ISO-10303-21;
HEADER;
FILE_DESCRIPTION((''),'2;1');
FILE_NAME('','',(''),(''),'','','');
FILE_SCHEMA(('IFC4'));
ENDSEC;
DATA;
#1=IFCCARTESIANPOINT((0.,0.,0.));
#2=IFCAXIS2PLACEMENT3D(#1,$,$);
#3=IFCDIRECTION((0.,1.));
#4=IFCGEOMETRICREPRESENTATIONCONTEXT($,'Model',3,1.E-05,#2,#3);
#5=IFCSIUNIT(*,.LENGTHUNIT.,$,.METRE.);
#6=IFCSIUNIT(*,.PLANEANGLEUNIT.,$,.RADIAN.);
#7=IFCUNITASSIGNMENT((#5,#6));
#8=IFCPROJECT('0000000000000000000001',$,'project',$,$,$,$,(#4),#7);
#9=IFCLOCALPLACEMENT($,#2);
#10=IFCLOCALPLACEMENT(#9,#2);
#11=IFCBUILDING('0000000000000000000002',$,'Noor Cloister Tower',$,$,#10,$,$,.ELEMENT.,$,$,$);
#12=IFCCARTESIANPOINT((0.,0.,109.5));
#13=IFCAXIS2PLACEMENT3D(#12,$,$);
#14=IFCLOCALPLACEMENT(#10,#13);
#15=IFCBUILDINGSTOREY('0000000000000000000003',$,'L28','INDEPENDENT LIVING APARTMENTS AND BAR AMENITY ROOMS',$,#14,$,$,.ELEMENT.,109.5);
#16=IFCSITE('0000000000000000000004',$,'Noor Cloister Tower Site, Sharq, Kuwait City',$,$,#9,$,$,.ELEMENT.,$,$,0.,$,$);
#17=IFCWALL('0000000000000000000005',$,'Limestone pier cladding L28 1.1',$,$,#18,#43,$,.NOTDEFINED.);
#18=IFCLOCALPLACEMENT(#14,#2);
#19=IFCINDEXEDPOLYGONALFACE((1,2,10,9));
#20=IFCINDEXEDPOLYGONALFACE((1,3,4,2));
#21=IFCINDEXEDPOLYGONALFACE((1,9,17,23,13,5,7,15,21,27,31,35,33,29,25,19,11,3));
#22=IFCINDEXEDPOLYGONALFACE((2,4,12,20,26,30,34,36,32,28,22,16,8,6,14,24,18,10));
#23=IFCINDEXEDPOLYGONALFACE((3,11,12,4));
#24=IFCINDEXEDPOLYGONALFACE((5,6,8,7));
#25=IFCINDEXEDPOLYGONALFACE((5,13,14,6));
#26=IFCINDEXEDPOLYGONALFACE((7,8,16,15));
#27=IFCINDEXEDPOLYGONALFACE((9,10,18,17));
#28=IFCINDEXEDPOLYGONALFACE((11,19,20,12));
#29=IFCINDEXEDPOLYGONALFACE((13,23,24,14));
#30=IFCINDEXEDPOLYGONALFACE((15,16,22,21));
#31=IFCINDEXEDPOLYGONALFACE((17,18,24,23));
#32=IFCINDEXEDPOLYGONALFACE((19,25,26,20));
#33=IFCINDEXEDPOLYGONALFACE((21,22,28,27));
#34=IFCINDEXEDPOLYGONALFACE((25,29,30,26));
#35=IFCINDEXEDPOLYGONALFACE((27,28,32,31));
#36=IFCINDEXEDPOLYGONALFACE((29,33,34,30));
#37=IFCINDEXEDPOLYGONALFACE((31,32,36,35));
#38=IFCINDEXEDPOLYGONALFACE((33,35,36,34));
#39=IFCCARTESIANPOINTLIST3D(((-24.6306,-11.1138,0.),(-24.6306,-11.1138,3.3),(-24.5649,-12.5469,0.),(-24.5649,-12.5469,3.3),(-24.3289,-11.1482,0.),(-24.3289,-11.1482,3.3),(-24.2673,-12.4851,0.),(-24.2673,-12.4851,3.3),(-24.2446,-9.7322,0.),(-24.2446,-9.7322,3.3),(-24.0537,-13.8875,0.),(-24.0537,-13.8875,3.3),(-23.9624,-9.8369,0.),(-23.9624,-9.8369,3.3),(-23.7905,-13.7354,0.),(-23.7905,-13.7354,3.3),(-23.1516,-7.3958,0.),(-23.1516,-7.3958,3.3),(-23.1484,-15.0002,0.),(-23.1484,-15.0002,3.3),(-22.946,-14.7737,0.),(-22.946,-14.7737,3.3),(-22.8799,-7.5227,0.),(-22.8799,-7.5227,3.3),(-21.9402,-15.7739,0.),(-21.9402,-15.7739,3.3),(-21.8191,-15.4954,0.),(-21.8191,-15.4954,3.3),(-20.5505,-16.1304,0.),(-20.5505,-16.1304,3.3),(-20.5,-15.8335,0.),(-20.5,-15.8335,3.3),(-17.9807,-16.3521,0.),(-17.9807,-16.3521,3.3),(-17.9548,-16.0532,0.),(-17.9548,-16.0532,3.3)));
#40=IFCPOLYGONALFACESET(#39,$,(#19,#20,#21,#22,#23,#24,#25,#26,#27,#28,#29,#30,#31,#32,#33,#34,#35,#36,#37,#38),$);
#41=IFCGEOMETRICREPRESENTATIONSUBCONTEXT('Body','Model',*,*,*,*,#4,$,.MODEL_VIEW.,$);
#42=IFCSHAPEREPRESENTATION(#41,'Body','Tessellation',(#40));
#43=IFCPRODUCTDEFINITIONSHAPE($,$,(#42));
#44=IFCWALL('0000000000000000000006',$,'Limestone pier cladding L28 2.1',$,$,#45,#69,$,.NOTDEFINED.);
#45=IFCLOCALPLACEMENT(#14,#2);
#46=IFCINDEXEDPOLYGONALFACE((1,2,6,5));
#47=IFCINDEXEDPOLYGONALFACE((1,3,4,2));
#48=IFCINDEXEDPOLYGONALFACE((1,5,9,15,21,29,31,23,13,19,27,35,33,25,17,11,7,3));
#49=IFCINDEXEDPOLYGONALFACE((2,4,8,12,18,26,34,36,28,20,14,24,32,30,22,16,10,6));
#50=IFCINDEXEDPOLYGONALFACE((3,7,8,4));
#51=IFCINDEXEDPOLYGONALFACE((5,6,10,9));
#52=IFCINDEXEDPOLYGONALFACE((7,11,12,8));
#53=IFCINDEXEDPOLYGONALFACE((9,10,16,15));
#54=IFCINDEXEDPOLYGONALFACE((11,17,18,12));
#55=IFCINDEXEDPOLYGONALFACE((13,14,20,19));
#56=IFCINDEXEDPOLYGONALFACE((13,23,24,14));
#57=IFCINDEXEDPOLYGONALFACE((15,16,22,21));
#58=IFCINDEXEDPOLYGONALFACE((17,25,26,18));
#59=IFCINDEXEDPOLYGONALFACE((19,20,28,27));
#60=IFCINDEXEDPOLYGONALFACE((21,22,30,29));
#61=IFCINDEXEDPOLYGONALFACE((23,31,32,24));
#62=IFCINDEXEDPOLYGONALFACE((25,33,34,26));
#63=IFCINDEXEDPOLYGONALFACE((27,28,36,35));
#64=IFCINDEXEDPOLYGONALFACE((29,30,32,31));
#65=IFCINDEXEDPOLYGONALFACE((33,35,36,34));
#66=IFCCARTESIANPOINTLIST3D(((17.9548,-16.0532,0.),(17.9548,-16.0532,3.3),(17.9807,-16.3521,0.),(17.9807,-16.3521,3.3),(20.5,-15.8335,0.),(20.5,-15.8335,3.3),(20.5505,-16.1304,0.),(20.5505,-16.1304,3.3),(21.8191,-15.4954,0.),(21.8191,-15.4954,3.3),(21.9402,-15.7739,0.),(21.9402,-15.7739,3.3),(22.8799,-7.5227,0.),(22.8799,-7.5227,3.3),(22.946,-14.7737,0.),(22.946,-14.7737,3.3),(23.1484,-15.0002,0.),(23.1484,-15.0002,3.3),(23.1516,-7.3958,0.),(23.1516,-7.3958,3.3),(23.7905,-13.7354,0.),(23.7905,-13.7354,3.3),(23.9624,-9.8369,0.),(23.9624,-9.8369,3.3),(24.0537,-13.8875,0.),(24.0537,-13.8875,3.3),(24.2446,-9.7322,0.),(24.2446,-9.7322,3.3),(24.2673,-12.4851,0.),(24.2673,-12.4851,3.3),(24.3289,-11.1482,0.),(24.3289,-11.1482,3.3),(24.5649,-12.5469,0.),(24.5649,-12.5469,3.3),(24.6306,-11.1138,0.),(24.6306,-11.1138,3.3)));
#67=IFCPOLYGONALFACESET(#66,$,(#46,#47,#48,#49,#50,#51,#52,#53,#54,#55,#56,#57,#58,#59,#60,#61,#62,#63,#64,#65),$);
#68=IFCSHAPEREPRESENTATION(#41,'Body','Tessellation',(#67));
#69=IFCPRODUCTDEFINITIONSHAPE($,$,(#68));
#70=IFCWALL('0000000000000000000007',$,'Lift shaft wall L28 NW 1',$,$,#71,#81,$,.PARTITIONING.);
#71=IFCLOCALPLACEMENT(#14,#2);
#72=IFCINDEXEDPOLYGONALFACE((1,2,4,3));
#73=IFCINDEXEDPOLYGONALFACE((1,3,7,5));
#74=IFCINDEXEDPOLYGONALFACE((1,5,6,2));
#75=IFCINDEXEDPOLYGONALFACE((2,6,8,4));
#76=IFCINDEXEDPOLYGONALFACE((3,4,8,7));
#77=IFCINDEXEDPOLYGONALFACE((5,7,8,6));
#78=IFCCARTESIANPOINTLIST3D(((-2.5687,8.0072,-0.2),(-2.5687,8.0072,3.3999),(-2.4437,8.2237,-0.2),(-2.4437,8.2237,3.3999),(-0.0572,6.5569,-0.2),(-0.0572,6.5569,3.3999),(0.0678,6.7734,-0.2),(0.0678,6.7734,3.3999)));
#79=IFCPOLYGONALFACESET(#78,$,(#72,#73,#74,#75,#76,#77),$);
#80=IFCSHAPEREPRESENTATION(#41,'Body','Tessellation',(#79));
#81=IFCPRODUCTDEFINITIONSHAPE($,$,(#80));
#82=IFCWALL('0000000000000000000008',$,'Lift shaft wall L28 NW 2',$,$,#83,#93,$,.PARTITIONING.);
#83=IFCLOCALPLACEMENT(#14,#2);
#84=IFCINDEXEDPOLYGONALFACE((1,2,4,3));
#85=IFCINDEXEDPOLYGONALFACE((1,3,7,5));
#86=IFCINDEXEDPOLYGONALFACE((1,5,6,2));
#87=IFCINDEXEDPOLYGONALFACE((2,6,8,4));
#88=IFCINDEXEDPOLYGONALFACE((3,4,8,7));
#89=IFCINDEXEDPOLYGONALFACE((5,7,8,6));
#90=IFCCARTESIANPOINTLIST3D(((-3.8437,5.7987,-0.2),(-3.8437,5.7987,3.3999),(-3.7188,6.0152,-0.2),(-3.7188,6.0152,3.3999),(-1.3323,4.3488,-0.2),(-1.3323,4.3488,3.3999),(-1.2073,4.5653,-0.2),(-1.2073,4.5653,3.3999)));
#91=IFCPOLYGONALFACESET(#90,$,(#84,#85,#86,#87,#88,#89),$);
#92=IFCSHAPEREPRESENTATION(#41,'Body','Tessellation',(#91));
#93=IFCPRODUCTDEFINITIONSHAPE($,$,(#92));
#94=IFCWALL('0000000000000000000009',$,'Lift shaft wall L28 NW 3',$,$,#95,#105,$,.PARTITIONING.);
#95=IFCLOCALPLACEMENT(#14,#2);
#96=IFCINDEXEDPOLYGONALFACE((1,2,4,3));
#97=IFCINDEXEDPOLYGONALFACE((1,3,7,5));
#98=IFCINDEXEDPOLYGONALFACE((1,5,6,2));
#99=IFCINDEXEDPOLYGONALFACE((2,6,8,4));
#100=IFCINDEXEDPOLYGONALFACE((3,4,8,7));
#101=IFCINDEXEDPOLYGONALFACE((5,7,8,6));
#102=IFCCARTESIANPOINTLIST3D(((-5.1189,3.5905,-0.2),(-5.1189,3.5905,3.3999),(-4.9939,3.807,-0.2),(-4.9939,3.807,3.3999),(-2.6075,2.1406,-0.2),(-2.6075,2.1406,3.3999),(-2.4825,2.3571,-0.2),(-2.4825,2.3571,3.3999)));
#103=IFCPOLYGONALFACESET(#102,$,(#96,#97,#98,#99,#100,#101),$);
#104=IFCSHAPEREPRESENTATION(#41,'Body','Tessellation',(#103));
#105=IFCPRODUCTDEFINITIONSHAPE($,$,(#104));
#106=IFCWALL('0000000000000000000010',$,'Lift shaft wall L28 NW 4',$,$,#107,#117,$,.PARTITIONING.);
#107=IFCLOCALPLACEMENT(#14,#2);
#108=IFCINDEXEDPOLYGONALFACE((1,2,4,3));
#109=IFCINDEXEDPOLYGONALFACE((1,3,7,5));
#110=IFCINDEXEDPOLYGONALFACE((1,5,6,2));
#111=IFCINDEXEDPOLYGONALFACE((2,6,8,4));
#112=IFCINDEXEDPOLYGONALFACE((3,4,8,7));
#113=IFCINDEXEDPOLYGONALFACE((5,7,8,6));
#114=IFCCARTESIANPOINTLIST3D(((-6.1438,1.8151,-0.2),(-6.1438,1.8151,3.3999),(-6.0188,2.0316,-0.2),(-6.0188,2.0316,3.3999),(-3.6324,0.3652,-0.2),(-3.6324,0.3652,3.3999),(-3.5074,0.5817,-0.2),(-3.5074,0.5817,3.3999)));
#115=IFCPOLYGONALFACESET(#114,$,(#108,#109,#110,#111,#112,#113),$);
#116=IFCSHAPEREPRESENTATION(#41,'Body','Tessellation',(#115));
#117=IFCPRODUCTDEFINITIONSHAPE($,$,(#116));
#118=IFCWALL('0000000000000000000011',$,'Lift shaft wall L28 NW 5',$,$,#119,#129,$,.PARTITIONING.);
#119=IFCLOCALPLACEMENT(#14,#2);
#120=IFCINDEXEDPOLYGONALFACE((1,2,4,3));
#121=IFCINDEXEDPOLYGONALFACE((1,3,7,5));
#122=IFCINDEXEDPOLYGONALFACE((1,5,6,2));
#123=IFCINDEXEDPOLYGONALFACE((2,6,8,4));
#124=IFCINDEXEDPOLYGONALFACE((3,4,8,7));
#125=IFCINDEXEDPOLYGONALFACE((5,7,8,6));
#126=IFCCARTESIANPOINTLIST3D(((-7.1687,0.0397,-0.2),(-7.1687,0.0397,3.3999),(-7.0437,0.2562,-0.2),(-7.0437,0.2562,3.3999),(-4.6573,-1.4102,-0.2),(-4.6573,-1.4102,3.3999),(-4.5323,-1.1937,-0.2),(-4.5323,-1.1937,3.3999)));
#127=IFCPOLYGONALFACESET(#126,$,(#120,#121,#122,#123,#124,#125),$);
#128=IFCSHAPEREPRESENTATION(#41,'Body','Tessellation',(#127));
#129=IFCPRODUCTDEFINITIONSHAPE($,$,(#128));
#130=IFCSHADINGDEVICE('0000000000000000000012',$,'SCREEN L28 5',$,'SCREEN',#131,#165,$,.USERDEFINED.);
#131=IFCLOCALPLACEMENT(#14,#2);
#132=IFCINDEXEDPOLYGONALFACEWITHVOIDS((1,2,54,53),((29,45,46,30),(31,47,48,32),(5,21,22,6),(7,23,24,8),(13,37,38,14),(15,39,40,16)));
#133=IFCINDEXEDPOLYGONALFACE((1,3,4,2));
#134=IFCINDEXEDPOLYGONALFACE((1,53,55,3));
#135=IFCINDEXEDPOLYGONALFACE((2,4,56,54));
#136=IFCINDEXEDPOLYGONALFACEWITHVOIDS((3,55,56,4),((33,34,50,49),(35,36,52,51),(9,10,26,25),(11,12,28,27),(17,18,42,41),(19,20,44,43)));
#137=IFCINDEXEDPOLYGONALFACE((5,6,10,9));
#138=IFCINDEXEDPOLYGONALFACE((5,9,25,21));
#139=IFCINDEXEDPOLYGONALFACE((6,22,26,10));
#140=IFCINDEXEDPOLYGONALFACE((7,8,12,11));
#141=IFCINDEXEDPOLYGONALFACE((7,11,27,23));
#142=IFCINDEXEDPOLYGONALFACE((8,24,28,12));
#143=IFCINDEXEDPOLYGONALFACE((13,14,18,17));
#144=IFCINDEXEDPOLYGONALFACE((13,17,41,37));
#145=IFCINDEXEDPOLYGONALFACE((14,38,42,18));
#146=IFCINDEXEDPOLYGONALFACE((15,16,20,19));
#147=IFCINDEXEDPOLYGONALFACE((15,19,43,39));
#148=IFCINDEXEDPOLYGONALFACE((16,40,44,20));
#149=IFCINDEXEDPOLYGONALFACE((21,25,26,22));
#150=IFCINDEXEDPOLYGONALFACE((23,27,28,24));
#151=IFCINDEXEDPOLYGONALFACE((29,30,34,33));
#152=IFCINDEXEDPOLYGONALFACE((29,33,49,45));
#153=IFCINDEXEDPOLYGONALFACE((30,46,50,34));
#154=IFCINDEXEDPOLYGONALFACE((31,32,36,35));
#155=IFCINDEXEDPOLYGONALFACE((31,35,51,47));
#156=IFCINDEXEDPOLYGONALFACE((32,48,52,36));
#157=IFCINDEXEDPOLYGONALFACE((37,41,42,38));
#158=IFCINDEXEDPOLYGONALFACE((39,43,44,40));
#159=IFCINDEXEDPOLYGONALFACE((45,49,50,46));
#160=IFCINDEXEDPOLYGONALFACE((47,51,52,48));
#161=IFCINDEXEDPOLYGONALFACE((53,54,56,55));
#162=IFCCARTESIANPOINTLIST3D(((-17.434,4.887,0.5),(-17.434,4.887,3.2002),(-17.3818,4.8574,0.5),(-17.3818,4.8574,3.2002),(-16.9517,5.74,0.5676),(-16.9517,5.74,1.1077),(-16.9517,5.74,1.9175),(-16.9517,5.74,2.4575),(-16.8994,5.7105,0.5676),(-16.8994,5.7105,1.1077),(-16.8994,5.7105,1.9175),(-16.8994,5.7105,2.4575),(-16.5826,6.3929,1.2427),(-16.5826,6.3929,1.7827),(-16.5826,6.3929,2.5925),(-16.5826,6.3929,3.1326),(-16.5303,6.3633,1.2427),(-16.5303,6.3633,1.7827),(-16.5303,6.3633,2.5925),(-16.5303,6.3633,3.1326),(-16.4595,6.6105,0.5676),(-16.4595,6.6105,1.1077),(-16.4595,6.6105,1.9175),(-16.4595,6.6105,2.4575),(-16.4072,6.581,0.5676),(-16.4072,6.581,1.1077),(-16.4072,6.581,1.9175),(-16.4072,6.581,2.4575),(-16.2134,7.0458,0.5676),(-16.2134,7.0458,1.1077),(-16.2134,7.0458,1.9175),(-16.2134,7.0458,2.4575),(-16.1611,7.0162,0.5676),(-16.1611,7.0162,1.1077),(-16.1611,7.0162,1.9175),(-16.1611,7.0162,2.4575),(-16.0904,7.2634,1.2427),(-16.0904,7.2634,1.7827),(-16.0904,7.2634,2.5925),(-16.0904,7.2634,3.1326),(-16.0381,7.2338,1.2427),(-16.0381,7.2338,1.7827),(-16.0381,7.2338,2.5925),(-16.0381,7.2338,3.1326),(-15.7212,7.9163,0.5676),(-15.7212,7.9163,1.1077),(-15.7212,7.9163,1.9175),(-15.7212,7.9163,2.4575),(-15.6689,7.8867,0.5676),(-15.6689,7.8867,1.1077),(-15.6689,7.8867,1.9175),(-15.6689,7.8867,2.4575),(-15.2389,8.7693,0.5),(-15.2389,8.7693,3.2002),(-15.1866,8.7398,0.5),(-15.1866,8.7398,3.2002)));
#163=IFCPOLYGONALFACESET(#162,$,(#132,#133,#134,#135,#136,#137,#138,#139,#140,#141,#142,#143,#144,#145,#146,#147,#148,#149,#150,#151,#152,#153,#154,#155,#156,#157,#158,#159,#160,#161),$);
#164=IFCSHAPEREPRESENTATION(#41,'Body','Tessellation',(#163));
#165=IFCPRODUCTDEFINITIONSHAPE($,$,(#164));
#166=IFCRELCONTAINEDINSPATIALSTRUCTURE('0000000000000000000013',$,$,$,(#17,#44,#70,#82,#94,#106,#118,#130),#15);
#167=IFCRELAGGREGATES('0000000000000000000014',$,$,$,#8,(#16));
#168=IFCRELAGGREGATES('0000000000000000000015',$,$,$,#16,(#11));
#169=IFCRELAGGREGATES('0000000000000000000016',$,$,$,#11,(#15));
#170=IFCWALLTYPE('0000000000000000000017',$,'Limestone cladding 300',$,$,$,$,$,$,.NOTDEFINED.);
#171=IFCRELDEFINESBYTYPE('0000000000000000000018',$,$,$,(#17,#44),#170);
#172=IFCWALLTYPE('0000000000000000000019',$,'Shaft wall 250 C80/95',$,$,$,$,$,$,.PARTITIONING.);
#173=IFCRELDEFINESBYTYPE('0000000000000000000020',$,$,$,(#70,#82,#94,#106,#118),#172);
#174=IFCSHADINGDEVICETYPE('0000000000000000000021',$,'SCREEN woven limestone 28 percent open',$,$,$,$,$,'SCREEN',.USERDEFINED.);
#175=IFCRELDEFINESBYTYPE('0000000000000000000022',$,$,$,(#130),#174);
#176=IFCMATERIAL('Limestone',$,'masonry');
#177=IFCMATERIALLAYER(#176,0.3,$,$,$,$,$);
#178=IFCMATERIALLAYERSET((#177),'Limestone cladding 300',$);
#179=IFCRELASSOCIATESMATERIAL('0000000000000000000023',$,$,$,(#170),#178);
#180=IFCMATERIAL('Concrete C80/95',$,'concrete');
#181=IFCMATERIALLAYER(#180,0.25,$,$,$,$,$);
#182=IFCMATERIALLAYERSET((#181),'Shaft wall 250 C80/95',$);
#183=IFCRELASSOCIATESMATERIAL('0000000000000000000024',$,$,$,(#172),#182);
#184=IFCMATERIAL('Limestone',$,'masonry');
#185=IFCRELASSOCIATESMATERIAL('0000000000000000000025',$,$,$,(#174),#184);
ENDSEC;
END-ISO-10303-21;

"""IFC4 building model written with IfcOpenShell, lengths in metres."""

from ifc_helpers import new_model, si_unit, direction, frame, frame_2d, origin, place, context, subcontext, project, spatial, polyline, rectangle, outline, extrude, material, layer, layer_set, material_profile, profile_set, type_object, element, save


model = new_model("IFC4")

# Units and contexts
model_context = context("Model", 3, precision=1e-05, world=origin(), true_north=direction((0.0, 1.0)))
body_context = subcontext(model_context, "Body", "Model", "MODEL_VIEW")
ifc_project = project(units=[si_unit("LENGTHUNIT", "METRE"), si_unit("PLANEANGLEUNIT", "RADIAN")], contexts=[model_context])

# Site, building, storey
site_placement = place(None, origin())
site = spatial("IfcSite", under=ifc_project, at=site_placement, Name="Noor Cloister Tower Site, Sharq, Kuwait City", CompositionType="ELEMENT", RefElevation=0.0)
building_placement = place(site_placement, origin())
building = spatial("IfcBuilding", under=site, at=building_placement, Name="Noor Cloister Tower", CompositionType="ELEMENT")
storey_placement = place(building_placement, frame((0.0, 0.0, 109.5)))
storey = spatial("IfcBuildingStorey", under=building, at=storey_placement, Name="L28", Description="INDEPENDENT LIVING APARTMENTS AND BAR AMENITY ROOMS", CompositionType="ELEMENT", Elevation=109.5)

# Walls
ifc_material_1 = material(Name="Limestone", Category="masonry")
ifc_layer_1 = layer(ifc_material_1, 0.3)
ifc_layer_set_1 = layer_set([ifc_layer_1], Name="Limestone cladding 300")
wall_type_1 = type_object("IfcWallType", Name="Limestone cladding 300", PredefinedType="NOTDEFINED", material=ifc_layer_set_1)
wall_1_placement = place(storey_placement, origin())
element("IfcWall", 1, at=wall_1_placement, inside=storey, type_object=wall_type_1, Name="Limestone pier cladding L28 1.1", PredefinedType="NOTDEFINED", context=body_context, shape_type="SweptSolid", body=[
    extrude(outline(polyline([(-23.1516, -7.3958), (-24.2446, -9.7322), (-24.6306, -11.1138), (-24.5649, -12.5469), (-24.0537, -13.8875), (-23.1484, -15.0002), (-21.9402, -15.7739), (-20.5505, -16.1304), (-17.9807, -16.3521), (-17.9548, -16.0532), (-20.5, -15.8335), (-21.8191, -15.4954), (-22.946, -14.7737), (-23.7905, -13.7354), (-24.2673, -12.4851), (-24.3289, -11.1482), (-23.9624, -9.8369), (-22.8799, -7.5227), (-23.1516, -7.3958)])), origin(), (0.0, 0.0, 1.0), 3.3),
])
wall_2_placement = place(storey_placement, origin())
element("IfcWall", 2, at=wall_2_placement, inside=storey, type_object=wall_type_1, Name="Limestone pier cladding L28 2.1", PredefinedType="NOTDEFINED", context=body_context, shape_type="SweptSolid", body=[
    extrude(outline(polyline([(17.9807, -16.3521), (20.5505, -16.1304), (21.9402, -15.7739), (23.1484, -15.0002), (24.0537, -13.8875), (24.5649, -12.5469), (24.6306, -11.1138), (24.2446, -9.7322), (23.1516, -7.3958), (22.8799, -7.5227), (23.9624, -9.8369), (24.3289, -11.1482), (24.2673, -12.4851), (23.7905, -13.7354), (22.946, -14.7737), (21.8191, -15.4954), (20.5, -15.8335), (17.9548, -16.0532), (17.9807, -16.3521)])), origin(), (0.0, 0.0, 1.0), 3.3),
])
ifc_material_2 = material(Name="Concrete C80/95", Category="concrete")
ifc_layer_2 = layer(ifc_material_2, 0.25)
ifc_layer_set_2 = layer_set([ifc_layer_2], Name="Shaft wall 250 C80/95")
wall_type_2 = type_object("IfcWallType", Name="Shaft wall 250 C80/95", PredefinedType="PARTITIONING", material=ifc_layer_set_2)
wall_3_placement = place(storey_placement, frame((-2.5063, 8.1155, -0.2), z_axis=(0.0, 0.0, 1.0), x_axis=(0.865996, -0.50005, 0.0)))
element("IfcWall", 3, at=wall_3_placement, inside=storey, type_object=wall_type_2, Name="Lift shaft wall L28 NW 1", PredefinedType="PARTITIONING", context=body_context, shape_type="SweptSolid", body=[
    extrude(rectangle(XDim=2.9001, YDim=0.25, at=frame_2d((1.4502, 0.0))), origin(), (0.0, 0.0, 1.0), 3.5999),
])
for number, where, z_axis, x_axis, name in (
    (4, (-3.7812, 5.907, -0.2), (0.0, 0.0, 1.0), (0.866033, -0.499987, 0.0), "Lift shaft wall L28 NW 2"),
    (5, (-5.0564, 3.6987, -0.2), (0.0, 0.0, 1.0), (0.866033, -0.499987, 0.0), "Lift shaft wall L28 NW 3"),
    (6, (-6.0813, 1.9233, -0.2), (0.0, 0.0, 1.0), (0.866033, -0.499987, 0.0), "Lift shaft wall L28 NW 4"),
    (7, (-7.1062, 0.1479, -0.2), (0.0, 0.0, 1.0), (0.866033, -0.499987, 0.0), "Lift shaft wall L28 NW 5"),
):
    element("IfcWall", number, at=place(storey_placement, frame(where, z_axis=z_axis, x_axis=x_axis)), inside=storey, type_object=wall_type_2, Name=name, PredefinedType="PARTITIONING", context=body_context, shape_type="SweptSolid", body=[
        extrude(rectangle(XDim=2.8999, YDim=0.25, at=frame_2d((1.45, 0.0))), origin(), (0.0, 0.0, 1.0), 3.5999),
    ])

# Shading device
ifc_material_3 = material(Name="Limestone", Category="masonry")
ifc_material_profile_1 = material_profile(ifc_material_3, outline(polyline([(-2.23, -1.3501), (2.23, -1.3501), (2.23, 1.3501), (-2.23, 1.3501), (-2.23, -1.3501)]), holes=[polyline([(-1.25, -1.2825), (-0.25, -1.2825), (-0.25, -0.7424), (-1.25, -0.7424), (-1.25, -1.2825)]), polyline([(0.25, -1.2825), (1.25, -1.2825), (1.25, -0.7424), (0.25, -0.7424), (0.25, -1.2825)]), polyline([(-0.5, -0.6074), (0.5, -0.6074), (0.5, -0.0674), (-0.5, -0.0674), (-0.5, -0.6074)]), polyline([(-1.25, 0.0674), (-0.25, 0.0674), (-0.25, 0.6074), (-1.25, 0.6074), (-1.25, 0.0674)]), polyline([(0.25, 0.0674), (1.25, 0.0674), (1.25, 0.6074), (0.25, 0.6074), (0.25, 0.0674)]), polyline([(-0.5, 0.7424), (0.5, 0.7424), (0.5, 1.2825), (-0.5, 1.2825), (-0.5, 0.7424)])]), Name="Woven screen 28 percent open")
ifc_profile_set_1 = profile_set([ifc_material_profile_1], Name="Limestone")
shading_device_type = type_object("IfcShadingDeviceType", Name="SCREEN woven limestone 28 percent open", ElementType="SCREEN", PredefinedType="USERDEFINED", material=ifc_profile_set_1)
shading_device_1_placement = place(storey_placement, frame((-16.2842, 6.7986, 1.8501), z_axis=(-0.870487, 0.492191, 0.0), x_axis=(-0.492191, -0.870487, 0.0)))
element("IfcShadingDevice", 8, at=shading_device_1_placement, inside=storey, type_object=shading_device_type, Name="SCREEN L28 5", ObjectType="SCREEN", PredefinedType="USERDEFINED", context=body_context, shape_type="SweptSolid", body=[
    extrude(outline(polyline([(-2.23, -1.3501), (2.23, -1.3501), (2.23, 1.3501), (-2.23, 1.3501), (-2.23, -1.3501)]), holes=[polyline([(-1.25, -1.2825), (-0.25, -1.2825), (-0.25, -0.7424), (-1.25, -0.7424), (-1.25, -1.2825)]), polyline([(0.25, -1.2825), (1.25, -1.2825), (1.25, -0.7424), (0.25, -0.7424), (0.25, -1.2825)]), polyline([(-0.5, -0.6074), (0.5, -0.6074), (0.5, -0.0674), (-0.5, -0.0674), (-0.5, -0.6074)]), polyline([(-1.25, 0.0674), (-0.25, 0.0674), (-0.25, 0.6074), (-1.25, 0.6074), (-1.25, 0.0674)]), polyline([(0.25, 0.0674), (1.25, 0.0674), (1.25, 0.6074), (0.25, 0.6074), (0.25, 0.0674)]), polyline([(-0.5, 0.7424), (0.5, 0.7424), (0.5, 1.2825), (-0.5, 1.2825), (-0.5, 0.7424)])]), origin(), (0.0, 0.0, 1.0), 0.0601),
])

save(model, "model.ifc")
